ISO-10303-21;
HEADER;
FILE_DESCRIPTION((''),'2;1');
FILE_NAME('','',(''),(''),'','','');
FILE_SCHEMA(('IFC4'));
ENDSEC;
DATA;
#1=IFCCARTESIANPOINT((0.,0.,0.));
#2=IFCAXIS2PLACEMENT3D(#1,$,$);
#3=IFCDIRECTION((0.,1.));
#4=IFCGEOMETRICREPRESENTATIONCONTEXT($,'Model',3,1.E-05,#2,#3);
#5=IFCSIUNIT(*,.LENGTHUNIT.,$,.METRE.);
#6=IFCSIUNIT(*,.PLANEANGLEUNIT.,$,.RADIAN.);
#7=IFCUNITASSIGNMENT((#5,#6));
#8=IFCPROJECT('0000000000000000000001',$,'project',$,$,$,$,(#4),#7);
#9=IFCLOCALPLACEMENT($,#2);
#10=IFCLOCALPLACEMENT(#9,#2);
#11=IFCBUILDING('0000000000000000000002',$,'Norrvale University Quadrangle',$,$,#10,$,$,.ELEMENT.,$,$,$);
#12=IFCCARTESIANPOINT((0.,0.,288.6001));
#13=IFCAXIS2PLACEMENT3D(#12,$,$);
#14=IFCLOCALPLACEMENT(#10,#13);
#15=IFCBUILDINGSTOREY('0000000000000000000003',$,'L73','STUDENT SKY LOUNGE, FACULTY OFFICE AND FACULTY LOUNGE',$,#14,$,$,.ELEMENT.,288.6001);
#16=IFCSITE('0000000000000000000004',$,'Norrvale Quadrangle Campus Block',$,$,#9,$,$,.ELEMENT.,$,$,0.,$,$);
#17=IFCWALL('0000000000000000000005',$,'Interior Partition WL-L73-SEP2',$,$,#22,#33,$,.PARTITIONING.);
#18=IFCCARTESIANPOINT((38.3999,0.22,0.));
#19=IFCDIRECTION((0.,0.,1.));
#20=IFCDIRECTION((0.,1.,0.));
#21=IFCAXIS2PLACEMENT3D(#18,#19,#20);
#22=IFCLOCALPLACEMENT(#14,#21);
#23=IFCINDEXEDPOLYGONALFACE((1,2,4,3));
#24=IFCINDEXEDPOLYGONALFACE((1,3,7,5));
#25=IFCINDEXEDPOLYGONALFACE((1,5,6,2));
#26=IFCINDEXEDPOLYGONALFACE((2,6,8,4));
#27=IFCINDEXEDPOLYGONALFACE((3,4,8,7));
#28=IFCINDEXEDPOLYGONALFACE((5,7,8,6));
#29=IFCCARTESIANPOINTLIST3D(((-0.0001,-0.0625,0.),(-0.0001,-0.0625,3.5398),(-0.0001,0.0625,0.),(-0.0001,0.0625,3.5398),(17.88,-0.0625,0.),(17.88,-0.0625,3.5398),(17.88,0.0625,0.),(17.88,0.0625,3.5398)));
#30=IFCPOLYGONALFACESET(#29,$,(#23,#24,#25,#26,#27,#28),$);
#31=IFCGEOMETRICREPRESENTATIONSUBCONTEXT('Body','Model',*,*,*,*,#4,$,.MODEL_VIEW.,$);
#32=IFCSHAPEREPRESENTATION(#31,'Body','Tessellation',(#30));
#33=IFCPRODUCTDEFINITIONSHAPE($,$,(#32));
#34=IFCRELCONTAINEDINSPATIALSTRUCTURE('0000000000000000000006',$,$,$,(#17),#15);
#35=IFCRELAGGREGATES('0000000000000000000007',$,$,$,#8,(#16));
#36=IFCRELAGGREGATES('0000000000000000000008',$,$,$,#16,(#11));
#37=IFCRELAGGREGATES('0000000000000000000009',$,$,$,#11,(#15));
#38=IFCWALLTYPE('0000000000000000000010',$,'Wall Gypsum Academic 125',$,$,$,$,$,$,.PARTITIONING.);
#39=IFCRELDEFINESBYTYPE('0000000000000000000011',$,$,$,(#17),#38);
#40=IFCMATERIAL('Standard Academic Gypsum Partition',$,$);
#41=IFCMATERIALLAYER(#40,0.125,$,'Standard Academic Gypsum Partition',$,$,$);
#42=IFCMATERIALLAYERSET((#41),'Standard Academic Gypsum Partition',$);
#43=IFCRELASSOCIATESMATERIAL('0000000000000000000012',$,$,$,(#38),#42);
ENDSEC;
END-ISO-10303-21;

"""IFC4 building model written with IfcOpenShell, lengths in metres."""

from ifc_helpers import new_model, si_unit, direction, frame, frame_2d, origin, place, context, subcontext, project, spatial, rectangle, extrude, material, layer, layer_set, type_object, element, save


model = new_model("IFC4")

# Units and contexts
model_context = context("Model", 3, precision=1e-05, world=origin(), true_north=direction((0.0, 1.0)))
body_context = subcontext(model_context, "Body", "Model", "MODEL_VIEW")
ifc_project = project(units=[si_unit("LENGTHUNIT", "METRE"), si_unit("PLANEANGLEUNIT", "RADIAN")], contexts=[model_context])

# Site, building, storey
site_placement = place(None, origin())
site = spatial("IfcSite", under=ifc_project, at=site_placement, Name="Norrvale Quadrangle Campus Block", CompositionType="ELEMENT", RefElevation=0.0)
building_placement = place(site_placement, origin())
building = spatial("IfcBuilding", under=site, at=building_placement, Name="Norrvale University Quadrangle", CompositionType="ELEMENT")
storey_placement = place(building_placement, frame((0.0, 0.0, 288.6001)))
storey = spatial("IfcBuildingStorey", under=building, at=storey_placement, Name="L73", Description="STUDENT SKY LOUNGE, FACULTY OFFICE AND FACULTY LOUNGE", CompositionType="ELEMENT", Elevation=288.6001)

# Wall
ifc_material_1 = material(Name="Standard Academic Gypsum Partition")
ifc_layer_1 = layer(ifc_material_1, 0.125, Name="Standard Academic Gypsum Partition")
ifc_layer_set_1 = layer_set([ifc_layer_1], Name="Standard Academic Gypsum Partition")
wall_type_1 = type_object("IfcWallType", Name="Wall Gypsum Academic 125", PredefinedType="PARTITIONING", material=ifc_layer_set_1)
wall_1_placement = place(storey_placement, frame((38.3999, 0.22, 0.0), z_axis=(0.0, 0.0, 1.0), x_axis=(0.0, 1.0, 0.0)))
element("IfcWall", 1, at=wall_1_placement, inside=storey, type_object=wall_type_1, Name="Interior Partition WL-L73-SEP2", PredefinedType="PARTITIONING", context=body_context, shape_type="SweptSolid", body=[
    extrude(rectangle(XDim=17.8801, YDim=0.125, at=frame_2d((8.9399, 0.0))), origin(), (0.0, 0.0, 1.0), 3.5398),
])

save(model, "model.ifc")
